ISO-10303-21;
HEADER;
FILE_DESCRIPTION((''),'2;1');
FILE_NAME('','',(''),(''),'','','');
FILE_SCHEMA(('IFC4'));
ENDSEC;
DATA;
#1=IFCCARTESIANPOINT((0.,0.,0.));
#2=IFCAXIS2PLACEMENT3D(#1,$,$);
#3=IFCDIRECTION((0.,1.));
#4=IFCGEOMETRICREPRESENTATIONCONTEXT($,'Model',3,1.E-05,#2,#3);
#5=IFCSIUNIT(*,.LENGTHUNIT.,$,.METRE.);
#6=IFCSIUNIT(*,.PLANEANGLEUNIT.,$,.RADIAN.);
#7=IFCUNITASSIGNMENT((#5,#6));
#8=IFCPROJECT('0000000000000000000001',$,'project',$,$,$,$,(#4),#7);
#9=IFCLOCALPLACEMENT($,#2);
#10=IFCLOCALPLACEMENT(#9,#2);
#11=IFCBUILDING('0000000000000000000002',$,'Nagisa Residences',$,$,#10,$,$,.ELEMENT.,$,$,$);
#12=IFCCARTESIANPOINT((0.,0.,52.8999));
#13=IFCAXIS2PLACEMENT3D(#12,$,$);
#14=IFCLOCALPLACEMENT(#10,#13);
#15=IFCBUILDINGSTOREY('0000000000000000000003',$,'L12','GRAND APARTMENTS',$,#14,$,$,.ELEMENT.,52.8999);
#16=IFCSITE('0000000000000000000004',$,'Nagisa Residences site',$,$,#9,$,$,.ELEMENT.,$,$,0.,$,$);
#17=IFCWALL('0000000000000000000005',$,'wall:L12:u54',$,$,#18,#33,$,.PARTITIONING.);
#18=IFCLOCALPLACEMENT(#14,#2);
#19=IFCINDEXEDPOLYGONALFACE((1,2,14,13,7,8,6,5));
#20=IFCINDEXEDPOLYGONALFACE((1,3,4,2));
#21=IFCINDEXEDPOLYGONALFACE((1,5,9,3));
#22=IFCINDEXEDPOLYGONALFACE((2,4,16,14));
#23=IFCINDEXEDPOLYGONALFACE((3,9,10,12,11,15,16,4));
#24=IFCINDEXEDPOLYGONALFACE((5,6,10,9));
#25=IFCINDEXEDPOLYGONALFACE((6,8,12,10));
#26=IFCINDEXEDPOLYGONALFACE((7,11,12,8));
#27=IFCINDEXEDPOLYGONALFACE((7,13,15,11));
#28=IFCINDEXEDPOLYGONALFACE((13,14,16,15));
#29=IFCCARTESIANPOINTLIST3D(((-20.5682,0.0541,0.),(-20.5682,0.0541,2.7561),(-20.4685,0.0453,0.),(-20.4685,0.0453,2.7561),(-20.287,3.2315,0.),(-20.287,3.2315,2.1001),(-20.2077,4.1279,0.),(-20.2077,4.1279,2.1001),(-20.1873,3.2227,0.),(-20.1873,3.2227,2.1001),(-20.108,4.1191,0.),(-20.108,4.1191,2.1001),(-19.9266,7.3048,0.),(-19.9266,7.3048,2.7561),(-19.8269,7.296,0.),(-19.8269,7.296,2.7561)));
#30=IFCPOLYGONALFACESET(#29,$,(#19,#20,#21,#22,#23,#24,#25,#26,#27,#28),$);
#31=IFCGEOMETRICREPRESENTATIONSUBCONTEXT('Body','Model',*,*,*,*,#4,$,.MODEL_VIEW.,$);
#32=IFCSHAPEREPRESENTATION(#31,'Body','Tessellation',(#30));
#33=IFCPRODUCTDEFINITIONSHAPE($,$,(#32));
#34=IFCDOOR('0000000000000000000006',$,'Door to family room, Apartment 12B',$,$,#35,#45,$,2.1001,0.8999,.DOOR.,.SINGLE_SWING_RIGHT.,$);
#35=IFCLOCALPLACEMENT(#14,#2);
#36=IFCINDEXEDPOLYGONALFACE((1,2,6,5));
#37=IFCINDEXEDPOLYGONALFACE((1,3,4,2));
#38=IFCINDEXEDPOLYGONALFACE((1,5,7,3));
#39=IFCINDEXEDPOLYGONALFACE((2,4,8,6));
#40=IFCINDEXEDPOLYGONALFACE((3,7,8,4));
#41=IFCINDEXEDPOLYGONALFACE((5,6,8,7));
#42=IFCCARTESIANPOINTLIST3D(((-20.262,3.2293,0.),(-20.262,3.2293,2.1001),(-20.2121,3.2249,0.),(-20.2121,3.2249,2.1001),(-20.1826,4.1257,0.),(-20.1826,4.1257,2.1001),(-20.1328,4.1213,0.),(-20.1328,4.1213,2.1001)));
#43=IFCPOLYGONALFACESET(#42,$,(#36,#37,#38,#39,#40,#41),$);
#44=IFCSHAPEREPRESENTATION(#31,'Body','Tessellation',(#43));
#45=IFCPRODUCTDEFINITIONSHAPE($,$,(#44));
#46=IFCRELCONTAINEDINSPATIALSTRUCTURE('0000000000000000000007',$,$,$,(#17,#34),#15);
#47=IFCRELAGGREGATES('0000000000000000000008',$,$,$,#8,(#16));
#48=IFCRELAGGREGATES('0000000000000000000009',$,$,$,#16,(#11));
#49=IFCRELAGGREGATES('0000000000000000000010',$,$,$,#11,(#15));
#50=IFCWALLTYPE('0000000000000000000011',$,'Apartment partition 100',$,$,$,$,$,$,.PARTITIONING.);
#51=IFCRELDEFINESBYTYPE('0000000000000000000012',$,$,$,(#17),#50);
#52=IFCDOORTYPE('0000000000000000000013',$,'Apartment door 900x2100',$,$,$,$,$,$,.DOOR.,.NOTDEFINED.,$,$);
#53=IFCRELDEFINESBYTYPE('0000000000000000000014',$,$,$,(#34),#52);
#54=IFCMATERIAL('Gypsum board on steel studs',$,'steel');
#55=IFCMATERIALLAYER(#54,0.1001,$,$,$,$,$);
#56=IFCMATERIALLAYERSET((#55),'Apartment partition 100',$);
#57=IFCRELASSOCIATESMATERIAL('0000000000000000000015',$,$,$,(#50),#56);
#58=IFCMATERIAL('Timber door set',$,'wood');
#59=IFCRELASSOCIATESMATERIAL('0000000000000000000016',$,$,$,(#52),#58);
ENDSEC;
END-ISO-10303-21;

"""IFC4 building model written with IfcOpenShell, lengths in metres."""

from ifc_helpers import new_model, si_unit, direction, frame, frame_2d, origin, place, context, subcontext, project, spatial, rectangle, extrude, material, layer, layer_set, type_object, element, fill, save


model = new_model("IFC4")

# Units and contexts
model_context = context("Model", 3, precision=1e-05, world=origin(), true_north=direction((0.0, 1.0)))
body_context = subcontext(model_context, "Body", "Model", "MODEL_VIEW")
ifc_project = project(units=[si_unit("LENGTHUNIT", "METRE"), si_unit("PLANEANGLEUNIT", "RADIAN")], contexts=[model_context])

# Site, building, storey
site_placement = place(None, origin())
site = spatial("IfcSite", under=ifc_project, at=site_placement, Name="Nagisa Residences site", CompositionType="ELEMENT", RefElevation=0.0)
building_placement = place(site_placement, origin())
building = spatial("IfcBuilding", under=site, at=building_placement, Name="Nagisa Residences", CompositionType="ELEMENT")
storey_placement = place(building_placement, frame((0.0, 0.0, 52.8999)))
storey = spatial("IfcBuildingStorey", under=building, at=storey_placement, Name="L12", Description="GRAND APARTMENTS", CompositionType="ELEMENT", Elevation=52.8999)

# Shared definitions
ifc_material_1 = material(Name="Gypsum board on steel studs", Category="steel")
ifc_layer_1 = layer(ifc_material_1, 0.1001)
ifc_layer_set_1 = layer_set([ifc_layer_1], Name="Apartment partition 100")
wall_type_1 = type_object("IfcWallType", Name="Apartment partition 100", PredefinedType="PARTITIONING", material=ifc_layer_set_1)

# Wall, opening, door
wall_1_placement = place(storey_placement, frame((-19.8767, 7.3005, 0.0), z_axis=(0.0, 0.0, 1.0), x_axis=(-0.088143, -0.996108, 0.0)))
wall_1 = element("IfcWall", 1, at=wall_1_placement, inside=storey, type_object=wall_type_1, Name="wall:L12:u54", PredefinedType="PARTITIONING", context=body_context, shape_type="SweptSolid", body=[
    extrude(rectangle(XDim=7.2791, YDim=0.1001, at=frame_2d((3.6396, 0.0))), origin(), (0.0, 0.0, 1.0), 2.7561),
])
opening_1_placement = place(wall_1_placement, frame((3.1895, 0.0, 0.0)))
opening_1 = element("IfcOpeningElement", 2, at=opening_1_placement, cuts=wall_1, PredefinedType="OPENING", context=body_context, shape_type="SweptSolid", body=[
    extrude(rectangle(XDim=0.8999, YDim=2.1001, at=frame_2d((0.45, 1.05))), frame((0.0, 0.0601, 0.0), z_axis=(0.0, -1.0, 0.0), x_axis=(1.0, 0.0, 0.0)), (0.0, 0.0, 1.0), 0.1201),
])
ifc_material_2 = material(Name="Timber door set", Category="wood")
door_type_1 = type_object("IfcDoorType", Name="Apartment door 900x2100", OperationType="NOTDEFINED", PredefinedType="DOOR", material=ifc_material_2)
door_1_placement = place(opening_1_placement, frame((0.8999, 0.0, 0.0), x_axis=(-1.0, 0.0, 0.0)))
door_1 = element("IfcDoor", 3, at=door_1_placement, inside=storey, type_object=door_type_1, Name="Door to family room, Apartment 12B", OperationType="SINGLE_SWING_RIGHT", OverallHeight=2.1001, OverallWidth=0.8999, PredefinedType="DOOR", context=body_context, shape_type="SweptSolid", body=[
    extrude(rectangle(XDim=0.8999, YDim=2.1001, at=frame_2d((0.45, 1.05))), frame((0.0, 0.0249, 0.0), z_axis=(0.0, -1.0, 0.0), x_axis=(1.0, 0.0, 0.0)), (0.0, 0.0, 1.0), 0.05),
])
fill(opening_1, door_1)

save(model, "model.ifc")
